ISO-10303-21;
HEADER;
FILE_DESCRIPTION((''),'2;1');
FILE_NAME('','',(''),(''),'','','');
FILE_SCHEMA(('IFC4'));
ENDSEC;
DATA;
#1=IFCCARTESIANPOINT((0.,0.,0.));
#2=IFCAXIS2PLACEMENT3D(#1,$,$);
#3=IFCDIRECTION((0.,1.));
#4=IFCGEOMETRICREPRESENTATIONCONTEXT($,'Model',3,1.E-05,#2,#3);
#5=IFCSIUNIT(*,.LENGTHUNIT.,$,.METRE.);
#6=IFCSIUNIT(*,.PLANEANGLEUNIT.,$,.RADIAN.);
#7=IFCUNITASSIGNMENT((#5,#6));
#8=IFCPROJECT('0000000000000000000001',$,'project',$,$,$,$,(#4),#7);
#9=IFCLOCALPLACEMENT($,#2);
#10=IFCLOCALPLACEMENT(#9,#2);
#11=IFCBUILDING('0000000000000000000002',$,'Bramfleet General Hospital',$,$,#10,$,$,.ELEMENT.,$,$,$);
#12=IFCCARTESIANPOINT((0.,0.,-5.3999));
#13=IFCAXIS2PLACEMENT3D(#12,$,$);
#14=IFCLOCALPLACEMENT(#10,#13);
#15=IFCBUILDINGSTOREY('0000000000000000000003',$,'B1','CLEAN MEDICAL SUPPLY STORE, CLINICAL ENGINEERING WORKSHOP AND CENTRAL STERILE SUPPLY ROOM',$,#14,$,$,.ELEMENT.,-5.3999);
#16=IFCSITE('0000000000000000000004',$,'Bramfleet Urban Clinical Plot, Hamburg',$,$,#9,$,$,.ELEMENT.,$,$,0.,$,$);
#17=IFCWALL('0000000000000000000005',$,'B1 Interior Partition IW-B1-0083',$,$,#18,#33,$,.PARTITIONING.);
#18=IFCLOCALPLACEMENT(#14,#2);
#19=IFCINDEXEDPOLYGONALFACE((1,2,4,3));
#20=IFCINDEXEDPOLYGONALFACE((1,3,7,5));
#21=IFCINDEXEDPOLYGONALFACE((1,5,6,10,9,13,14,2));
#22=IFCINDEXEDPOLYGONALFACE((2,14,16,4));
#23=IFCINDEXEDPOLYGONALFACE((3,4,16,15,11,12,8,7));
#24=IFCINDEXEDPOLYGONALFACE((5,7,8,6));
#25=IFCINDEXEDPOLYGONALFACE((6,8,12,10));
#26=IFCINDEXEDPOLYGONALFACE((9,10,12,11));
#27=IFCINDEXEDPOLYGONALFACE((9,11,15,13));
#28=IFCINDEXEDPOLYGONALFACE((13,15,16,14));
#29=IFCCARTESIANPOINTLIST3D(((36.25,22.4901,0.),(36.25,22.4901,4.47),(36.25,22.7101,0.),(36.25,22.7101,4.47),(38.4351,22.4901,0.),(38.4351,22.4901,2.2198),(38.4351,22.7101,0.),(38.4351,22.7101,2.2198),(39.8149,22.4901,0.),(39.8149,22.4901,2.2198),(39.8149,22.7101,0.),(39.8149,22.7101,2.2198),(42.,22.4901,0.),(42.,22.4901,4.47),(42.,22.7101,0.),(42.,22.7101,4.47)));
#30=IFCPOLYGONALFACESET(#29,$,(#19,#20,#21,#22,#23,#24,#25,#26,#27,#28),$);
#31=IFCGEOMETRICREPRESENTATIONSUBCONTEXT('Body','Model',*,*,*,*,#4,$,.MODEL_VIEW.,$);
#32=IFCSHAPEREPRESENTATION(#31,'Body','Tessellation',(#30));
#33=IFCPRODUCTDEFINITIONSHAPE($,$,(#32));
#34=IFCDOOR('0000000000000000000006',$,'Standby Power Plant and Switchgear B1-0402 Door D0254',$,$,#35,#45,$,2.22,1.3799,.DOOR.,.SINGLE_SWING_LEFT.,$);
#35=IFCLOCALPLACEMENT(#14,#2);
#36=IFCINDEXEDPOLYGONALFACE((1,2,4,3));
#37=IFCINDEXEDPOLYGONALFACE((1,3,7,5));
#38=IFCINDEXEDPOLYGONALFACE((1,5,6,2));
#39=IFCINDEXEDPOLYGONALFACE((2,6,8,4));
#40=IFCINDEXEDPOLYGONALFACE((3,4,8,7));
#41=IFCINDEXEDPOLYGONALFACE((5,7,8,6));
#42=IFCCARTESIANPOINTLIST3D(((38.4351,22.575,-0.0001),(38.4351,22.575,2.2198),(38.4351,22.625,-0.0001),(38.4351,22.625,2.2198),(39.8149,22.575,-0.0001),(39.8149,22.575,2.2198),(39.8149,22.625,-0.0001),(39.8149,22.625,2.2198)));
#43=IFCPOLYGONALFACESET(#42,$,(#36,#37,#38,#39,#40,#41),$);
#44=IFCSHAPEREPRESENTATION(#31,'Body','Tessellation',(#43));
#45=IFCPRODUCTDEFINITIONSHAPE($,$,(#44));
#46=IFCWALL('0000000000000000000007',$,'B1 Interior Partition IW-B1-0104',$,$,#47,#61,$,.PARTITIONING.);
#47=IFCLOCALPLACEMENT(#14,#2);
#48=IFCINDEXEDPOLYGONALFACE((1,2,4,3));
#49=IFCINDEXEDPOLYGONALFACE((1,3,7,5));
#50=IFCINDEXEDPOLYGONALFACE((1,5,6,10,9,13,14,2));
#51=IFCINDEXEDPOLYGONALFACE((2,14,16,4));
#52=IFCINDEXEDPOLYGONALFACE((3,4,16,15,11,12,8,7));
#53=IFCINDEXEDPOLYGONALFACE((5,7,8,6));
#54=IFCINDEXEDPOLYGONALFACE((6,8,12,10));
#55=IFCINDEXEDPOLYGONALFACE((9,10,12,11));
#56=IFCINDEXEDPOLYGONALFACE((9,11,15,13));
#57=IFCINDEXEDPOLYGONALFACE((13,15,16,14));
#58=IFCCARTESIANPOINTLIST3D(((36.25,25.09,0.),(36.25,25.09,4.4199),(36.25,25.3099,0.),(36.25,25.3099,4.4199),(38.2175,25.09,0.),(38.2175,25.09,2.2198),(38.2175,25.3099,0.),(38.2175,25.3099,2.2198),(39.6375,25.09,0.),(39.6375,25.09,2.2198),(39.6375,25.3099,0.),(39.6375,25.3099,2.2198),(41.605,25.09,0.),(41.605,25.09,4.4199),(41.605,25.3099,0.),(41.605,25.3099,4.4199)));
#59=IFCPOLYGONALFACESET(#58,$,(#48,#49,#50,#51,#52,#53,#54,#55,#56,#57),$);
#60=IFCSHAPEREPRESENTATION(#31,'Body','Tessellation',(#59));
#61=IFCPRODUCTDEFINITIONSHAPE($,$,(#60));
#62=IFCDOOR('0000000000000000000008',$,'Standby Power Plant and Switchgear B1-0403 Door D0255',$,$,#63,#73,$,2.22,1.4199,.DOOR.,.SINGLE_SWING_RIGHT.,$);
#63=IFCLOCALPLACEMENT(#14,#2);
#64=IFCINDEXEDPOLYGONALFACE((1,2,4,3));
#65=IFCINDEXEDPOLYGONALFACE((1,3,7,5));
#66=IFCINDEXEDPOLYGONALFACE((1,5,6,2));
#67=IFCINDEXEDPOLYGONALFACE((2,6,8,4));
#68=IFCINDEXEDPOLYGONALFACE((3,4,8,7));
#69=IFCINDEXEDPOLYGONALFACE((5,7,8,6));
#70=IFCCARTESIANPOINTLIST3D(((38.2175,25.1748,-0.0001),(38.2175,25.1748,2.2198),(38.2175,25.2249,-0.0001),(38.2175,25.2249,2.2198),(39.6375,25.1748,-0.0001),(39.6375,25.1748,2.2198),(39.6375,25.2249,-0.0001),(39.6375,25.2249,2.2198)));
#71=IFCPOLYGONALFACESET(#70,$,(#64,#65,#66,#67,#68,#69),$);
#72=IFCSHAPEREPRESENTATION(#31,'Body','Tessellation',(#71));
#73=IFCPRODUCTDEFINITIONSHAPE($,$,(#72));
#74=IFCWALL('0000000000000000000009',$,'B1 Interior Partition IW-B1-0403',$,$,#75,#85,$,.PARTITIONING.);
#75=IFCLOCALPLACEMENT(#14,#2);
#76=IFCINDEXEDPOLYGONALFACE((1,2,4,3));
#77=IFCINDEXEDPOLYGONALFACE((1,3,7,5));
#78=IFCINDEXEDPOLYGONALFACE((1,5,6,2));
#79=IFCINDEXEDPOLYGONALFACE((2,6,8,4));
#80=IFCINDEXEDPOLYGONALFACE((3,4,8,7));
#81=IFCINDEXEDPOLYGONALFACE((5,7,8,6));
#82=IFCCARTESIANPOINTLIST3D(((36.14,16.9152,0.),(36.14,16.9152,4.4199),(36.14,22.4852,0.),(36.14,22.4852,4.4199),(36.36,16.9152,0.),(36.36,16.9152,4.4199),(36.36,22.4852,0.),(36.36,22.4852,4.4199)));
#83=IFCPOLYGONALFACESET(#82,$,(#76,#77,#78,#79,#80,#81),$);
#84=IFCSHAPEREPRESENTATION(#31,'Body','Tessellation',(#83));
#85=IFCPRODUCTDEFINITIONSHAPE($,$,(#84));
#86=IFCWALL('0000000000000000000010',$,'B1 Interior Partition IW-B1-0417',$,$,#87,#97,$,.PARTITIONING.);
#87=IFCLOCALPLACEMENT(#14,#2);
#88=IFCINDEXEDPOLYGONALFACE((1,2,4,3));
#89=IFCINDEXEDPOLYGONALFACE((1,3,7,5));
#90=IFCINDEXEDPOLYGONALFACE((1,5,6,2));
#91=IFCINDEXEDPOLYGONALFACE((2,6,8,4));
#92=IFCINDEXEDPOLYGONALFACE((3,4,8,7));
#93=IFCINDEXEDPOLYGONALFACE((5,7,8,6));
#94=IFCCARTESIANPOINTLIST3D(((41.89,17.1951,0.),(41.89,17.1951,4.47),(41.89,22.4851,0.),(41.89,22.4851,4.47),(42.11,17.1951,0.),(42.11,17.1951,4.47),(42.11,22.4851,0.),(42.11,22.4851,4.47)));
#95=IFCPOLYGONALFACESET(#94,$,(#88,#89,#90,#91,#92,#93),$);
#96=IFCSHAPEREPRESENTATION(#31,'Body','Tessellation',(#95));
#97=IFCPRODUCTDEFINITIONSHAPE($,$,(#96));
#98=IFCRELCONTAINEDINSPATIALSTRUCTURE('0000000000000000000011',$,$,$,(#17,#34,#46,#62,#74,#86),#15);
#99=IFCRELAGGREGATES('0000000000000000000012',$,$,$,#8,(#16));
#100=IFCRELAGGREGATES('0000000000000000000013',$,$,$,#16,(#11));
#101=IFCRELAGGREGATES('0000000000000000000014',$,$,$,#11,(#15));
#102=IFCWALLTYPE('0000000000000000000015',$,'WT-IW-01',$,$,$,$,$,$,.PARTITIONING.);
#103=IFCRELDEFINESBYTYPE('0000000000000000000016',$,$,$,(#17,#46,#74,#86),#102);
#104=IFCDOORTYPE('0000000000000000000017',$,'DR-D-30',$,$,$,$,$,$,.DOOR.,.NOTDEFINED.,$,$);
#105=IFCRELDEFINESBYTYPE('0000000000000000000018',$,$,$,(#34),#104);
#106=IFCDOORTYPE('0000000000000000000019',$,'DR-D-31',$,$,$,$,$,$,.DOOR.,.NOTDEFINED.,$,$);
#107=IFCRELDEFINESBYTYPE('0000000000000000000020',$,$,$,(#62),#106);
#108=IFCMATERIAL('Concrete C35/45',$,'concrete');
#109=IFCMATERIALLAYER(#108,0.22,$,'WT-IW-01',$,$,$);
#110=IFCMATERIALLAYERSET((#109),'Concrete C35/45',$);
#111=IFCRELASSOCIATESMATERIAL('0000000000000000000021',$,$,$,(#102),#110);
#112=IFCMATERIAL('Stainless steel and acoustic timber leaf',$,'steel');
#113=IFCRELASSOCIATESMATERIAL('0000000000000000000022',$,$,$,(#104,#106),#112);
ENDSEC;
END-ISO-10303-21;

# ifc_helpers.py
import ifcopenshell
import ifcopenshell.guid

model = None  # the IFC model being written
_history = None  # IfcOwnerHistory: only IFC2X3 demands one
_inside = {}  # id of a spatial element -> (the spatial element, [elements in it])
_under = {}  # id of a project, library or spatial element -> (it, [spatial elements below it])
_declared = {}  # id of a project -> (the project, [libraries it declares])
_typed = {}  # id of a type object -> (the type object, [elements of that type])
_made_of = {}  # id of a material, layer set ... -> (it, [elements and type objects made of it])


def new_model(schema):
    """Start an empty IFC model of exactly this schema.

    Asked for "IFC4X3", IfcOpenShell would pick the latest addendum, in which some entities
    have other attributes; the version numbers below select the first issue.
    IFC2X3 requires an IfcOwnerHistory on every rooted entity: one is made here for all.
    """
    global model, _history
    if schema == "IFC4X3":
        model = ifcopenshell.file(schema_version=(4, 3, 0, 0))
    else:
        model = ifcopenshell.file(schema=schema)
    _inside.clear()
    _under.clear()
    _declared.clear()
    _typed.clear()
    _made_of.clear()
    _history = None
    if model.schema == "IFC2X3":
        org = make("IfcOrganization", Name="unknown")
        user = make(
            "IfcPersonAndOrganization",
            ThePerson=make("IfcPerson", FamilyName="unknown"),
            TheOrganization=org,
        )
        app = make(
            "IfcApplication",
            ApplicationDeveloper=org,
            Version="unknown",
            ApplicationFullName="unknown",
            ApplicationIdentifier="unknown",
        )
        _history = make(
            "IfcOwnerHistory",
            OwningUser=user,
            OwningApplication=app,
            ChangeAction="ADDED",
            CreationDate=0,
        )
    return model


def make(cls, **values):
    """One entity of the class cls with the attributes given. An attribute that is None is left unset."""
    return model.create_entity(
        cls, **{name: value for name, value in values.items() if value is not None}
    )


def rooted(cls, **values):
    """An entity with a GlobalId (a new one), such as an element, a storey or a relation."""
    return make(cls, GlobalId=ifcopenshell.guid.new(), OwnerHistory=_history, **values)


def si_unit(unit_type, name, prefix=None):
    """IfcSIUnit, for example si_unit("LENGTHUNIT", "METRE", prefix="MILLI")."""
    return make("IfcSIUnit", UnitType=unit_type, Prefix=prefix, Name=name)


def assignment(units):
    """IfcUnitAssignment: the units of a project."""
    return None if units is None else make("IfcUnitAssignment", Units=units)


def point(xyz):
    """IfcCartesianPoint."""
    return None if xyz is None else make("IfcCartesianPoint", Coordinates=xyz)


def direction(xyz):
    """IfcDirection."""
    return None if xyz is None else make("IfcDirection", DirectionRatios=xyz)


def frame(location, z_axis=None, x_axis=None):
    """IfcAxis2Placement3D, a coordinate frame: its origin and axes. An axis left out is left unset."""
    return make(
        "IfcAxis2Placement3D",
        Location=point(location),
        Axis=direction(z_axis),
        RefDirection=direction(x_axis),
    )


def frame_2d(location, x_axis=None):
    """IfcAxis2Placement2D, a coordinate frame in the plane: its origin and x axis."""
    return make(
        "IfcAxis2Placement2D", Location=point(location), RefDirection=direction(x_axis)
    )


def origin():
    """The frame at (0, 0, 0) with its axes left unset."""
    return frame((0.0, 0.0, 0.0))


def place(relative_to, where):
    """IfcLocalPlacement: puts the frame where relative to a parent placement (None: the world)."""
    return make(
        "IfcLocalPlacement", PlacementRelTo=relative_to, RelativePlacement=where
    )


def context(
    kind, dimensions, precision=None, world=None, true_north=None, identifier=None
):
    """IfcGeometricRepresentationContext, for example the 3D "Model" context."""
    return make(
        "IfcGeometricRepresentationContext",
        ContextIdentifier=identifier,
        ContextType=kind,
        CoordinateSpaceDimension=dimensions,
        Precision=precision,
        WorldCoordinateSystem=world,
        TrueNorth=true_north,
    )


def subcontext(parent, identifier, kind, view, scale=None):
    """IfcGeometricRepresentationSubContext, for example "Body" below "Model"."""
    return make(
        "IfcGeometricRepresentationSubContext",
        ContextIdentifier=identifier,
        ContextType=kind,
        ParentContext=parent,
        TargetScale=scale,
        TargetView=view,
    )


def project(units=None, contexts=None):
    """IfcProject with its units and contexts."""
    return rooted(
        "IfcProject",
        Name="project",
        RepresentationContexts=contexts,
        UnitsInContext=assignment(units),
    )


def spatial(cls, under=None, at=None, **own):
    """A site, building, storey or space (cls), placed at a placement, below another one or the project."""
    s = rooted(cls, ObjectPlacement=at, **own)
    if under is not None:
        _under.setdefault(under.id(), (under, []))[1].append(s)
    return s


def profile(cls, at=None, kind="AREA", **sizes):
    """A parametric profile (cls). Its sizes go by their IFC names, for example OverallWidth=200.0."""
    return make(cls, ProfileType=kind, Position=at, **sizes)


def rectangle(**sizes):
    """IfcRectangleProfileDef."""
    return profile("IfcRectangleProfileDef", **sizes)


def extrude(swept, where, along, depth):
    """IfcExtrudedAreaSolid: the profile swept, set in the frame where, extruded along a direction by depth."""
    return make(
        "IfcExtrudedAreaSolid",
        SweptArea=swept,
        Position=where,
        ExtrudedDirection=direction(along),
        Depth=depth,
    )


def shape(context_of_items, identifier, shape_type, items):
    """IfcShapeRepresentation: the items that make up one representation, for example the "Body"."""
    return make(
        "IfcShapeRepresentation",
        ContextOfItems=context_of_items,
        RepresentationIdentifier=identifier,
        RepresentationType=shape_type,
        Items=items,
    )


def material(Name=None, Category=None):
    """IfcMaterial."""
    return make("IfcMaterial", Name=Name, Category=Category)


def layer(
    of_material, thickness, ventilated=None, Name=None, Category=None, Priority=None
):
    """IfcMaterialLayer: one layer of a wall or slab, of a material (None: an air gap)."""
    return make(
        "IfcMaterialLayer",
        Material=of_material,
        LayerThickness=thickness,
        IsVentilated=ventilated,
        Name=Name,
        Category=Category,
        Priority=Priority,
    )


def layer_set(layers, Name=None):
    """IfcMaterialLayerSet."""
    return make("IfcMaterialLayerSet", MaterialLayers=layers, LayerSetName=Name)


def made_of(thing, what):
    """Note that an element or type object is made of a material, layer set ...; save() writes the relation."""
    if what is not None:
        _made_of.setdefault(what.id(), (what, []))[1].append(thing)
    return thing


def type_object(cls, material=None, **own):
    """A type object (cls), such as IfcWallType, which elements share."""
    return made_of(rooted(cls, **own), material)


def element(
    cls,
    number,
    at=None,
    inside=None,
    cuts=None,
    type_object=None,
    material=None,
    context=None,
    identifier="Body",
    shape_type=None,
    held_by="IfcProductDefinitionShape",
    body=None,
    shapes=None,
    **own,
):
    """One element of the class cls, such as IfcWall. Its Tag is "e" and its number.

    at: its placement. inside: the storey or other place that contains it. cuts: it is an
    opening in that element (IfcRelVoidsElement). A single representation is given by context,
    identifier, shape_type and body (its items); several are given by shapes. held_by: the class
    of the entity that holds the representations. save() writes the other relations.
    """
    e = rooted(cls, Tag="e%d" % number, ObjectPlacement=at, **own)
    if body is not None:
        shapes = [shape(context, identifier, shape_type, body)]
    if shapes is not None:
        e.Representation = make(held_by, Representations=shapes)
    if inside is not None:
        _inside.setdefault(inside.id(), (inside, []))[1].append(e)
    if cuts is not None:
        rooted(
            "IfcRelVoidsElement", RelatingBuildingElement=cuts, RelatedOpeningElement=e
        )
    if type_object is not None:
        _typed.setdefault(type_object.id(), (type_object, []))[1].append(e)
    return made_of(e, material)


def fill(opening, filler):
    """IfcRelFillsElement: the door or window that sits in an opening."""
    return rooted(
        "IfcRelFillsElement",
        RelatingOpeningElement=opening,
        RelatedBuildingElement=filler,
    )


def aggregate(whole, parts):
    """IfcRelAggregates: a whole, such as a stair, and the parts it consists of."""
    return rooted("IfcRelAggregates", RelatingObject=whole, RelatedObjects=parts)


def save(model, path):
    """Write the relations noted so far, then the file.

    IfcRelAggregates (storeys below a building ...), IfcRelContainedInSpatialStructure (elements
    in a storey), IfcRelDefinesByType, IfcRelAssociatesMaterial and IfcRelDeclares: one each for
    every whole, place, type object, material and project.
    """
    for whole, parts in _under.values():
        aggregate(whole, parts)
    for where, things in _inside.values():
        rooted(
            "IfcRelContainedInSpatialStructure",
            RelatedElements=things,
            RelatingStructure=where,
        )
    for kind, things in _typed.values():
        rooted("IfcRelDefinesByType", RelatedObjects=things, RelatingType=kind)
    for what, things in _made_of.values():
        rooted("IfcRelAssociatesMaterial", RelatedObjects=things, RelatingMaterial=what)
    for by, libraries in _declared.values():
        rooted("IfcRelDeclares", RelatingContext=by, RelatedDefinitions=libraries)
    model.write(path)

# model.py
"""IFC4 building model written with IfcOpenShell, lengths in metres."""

from ifc_helpers import new_model, si_unit, direction, frame, frame_2d, origin, place, context, subcontext, project, spatial, rectangle, extrude, material, layer, layer_set, type_object, element, fill, save


model = new_model("IFC4")

# Units and contexts
model_context = context("Model", 3, precision=1e-05, world=origin(), true_north=direction((0.0, 1.0)))
body_context = subcontext(model_context, "Body", "Model", "MODEL_VIEW")
ifc_project = project(units=[si_unit("LENGTHUNIT", "METRE"), si_unit("PLANEANGLEUNIT", "RADIAN")], contexts=[model_context])

# Site, building, storey
site_placement = place(None, origin())
site = spatial("IfcSite", under=ifc_project, at=site_placement, Name="Bramfleet Urban Clinical Plot, Hamburg", CompositionType="ELEMENT", RefElevation=0.0)
building_placement = place(site_placement, origin())
building = spatial("IfcBuilding", under=site, at=building_placement, Name="Bramfleet General Hospital", CompositionType="ELEMENT")
storey_placement = place(building_placement, frame((0.0, 0.0, -5.3999)))
storey = spatial("IfcBuildingStorey", under=building, at=storey_placement, Name="B1", Description="CLEAN MEDICAL SUPPLY STORE, CLINICAL ENGINEERING WORKSHOP AND CENTRAL STERILE SUPPLY ROOM", CompositionType="ELEMENT", Elevation=-5.3999)

# Shared definitions
ifc_material_1 = material(Name="Concrete C35/45", Category="concrete")

# Shared definitions
ifc_layer = layer(ifc_material_1, 0.22, Name="WT-IW-01")
ifc_layer_set = layer_set([ifc_layer], Name="Concrete C35/45")
wall_type = type_object("IfcWallType", Name="WT-IW-01", PredefinedType="PARTITIONING", material=ifc_layer_set)

# Walls, openings, doors
wall_1_placement = place(storey_placement, frame((36.25, 22.6001, 0.0), z_axis=(0.0, 0.0, 1.0), x_axis=(1.0, 0.0, 0.0)))
wall_1 = element("IfcWall", 1, at=wall_1_placement, inside=storey, type_object=wall_type, Name="B1 Interior Partition IW-B1-0083", PredefinedType="PARTITIONING", context=body_context, shape_type="SweptSolid", body=[
    extrude(rectangle(XDim=5.75, YDim=0.22, at=frame_2d((2.875, 0.0))), origin(), (0.0, 0.0, 1.0), 4.47),
])
opening_1_placement = place(wall_1_placement, frame((2.1851, 0.0, 0.0)))
opening_1 = element("IfcOpeningElement", 2, at=opening_1_placement, cuts=wall_1, PredefinedType="OPENING", context=body_context, shape_type="SweptSolid", body=[
    extrude(rectangle(XDim=1.3799, YDim=2.22, at=frame_2d((0.6899, 1.1099))), frame((0.0, 0.1199, 0.0), z_axis=(0.0, -1.0, 0.0), x_axis=(1.0, 0.0, 0.0)), (0.0, 0.0, 1.0), 0.24),
])
ifc_material_2 = material(Name="Stainless steel and acoustic timber leaf", Category="steel")
door_type_1 = type_object("IfcDoorType", Name="DR-D-30", OperationType="NOTDEFINED", PredefinedType="DOOR", material=ifc_material_2)
door_1_placement = place(opening_1_placement, origin())
door_1 = element("IfcDoor", 3, at=door_1_placement, inside=storey, type_object=door_type_1, Name="Standby Power Plant and Switchgear B1-0402 Door D0254", OperationType="SINGLE_SWING_LEFT", OverallHeight=2.22, OverallWidth=1.3799, PredefinedType="DOOR", context=body_context, shape_type="SweptSolid", body=[
    extrude(rectangle(XDim=1.3799, YDim=2.22, at=frame_2d((0.6899, 1.1099))), frame((0.0, 0.0249, 0.0), z_axis=(0.0, -1.0, 0.0), x_axis=(1.0, 0.0, 0.0)), (0.0, 0.0, 1.0), 0.05),
])
fill(opening_1, door_1)
wall_2_placement = place(storey_placement, frame((36.25, 25.2, 0.0), z_axis=(0.0, 0.0, 1.0), x_axis=(1.0, 0.0, 0.0)))
wall_2 = element("IfcWall", 4, at=wall_2_placement, inside=storey, type_object=wall_type, Name="B1 Interior Partition IW-B1-0104", PredefinedType="PARTITIONING", context=body_context, shape_type="SweptSolid", body=[
    extrude(rectangle(XDim=5.355, YDim=0.22, at=frame_2d((2.6775, 0.0))), origin(), (0.0, 0.0, 1.0), 4.4199),
])
opening_2_placement = place(wall_2_placement, frame((1.9675, 0.0, 0.0)))
opening_2 = element("IfcOpeningElement", 5, at=opening_2_placement, cuts=wall_2, PredefinedType="OPENING", context=body_context, shape_type="SweptSolid", body=[
    extrude(rectangle(XDim=1.4199, YDim=2.22, at=frame_2d((0.71, 1.1099))), frame((0.0, 0.1199, 0.0), z_axis=(0.0, -1.0, 0.0), x_axis=(1.0, 0.0, 0.0)), (0.0, 0.0, 1.0), 0.24),
])
door_type_2 = type_object("IfcDoorType", Name="DR-D-31", OperationType="NOTDEFINED", PredefinedType="DOOR", material=ifc_material_2)
door_2_placement = place(opening_2_placement, origin())
door_2 = element("IfcDoor", 6, at=door_2_placement, inside=storey, type_object=door_type_2, Name="Standby Power Plant and Switchgear B1-0403 Door D0255", OperationType="SINGLE_SWING_RIGHT", OverallHeight=2.22, OverallWidth=1.4199, PredefinedType="DOOR", context=body_context, shape_type="SweptSolid", body=[
    extrude(rectangle(XDim=1.4199, YDim=2.22, at=frame_2d((0.71, 1.1099))), frame((0.0, 0.0249, 0.0), z_axis=(0.0, -1.0, 0.0), x_axis=(1.0, 0.0, 0.0)), (0.0, 0.0, 1.0), 0.05),
])
fill(opening_2, door_2)

# Walls
wall_3_placement = place(storey_placement, frame((36.25, 16.915, 0.0), z_axis=(0.0, 0.0, 1.0), x_axis=(0.0, 1.0, 0.0)))
element("IfcWall", 7, at=wall_3_placement, inside=storey, type_object=wall_type, Name="B1 Interior Partition IW-B1-0403", PredefinedType="PARTITIONING", context=body_context, shape_type="SweptSolid", body=[
    extrude(rectangle(XDim=5.5701, YDim=0.22, at=frame_2d((2.7852, 0.0))), origin(), (0.0, 0.0, 1.0), 4.4199),
])
wall_4_placement = place(storey_placement, frame((42.0, 17.1951, 0.0), z_axis=(0.0, 0.0, 1.0), x_axis=(0.0, 1.0, 0.0)))
element("IfcWall", 8, at=wall_4_placement, inside=storey, type_object=wall_type, Name="B1 Interior Partition IW-B1-0417", PredefinedType="PARTITIONING", context=body_context, shape_type="SweptSolid", body=[
    extrude(rectangle(XDim=5.29, YDim=0.22, at=frame_2d((2.645, 0.0))), origin(), (0.0, 0.0, 1.0), 4.47),
])

save(model, "model.ifc")
